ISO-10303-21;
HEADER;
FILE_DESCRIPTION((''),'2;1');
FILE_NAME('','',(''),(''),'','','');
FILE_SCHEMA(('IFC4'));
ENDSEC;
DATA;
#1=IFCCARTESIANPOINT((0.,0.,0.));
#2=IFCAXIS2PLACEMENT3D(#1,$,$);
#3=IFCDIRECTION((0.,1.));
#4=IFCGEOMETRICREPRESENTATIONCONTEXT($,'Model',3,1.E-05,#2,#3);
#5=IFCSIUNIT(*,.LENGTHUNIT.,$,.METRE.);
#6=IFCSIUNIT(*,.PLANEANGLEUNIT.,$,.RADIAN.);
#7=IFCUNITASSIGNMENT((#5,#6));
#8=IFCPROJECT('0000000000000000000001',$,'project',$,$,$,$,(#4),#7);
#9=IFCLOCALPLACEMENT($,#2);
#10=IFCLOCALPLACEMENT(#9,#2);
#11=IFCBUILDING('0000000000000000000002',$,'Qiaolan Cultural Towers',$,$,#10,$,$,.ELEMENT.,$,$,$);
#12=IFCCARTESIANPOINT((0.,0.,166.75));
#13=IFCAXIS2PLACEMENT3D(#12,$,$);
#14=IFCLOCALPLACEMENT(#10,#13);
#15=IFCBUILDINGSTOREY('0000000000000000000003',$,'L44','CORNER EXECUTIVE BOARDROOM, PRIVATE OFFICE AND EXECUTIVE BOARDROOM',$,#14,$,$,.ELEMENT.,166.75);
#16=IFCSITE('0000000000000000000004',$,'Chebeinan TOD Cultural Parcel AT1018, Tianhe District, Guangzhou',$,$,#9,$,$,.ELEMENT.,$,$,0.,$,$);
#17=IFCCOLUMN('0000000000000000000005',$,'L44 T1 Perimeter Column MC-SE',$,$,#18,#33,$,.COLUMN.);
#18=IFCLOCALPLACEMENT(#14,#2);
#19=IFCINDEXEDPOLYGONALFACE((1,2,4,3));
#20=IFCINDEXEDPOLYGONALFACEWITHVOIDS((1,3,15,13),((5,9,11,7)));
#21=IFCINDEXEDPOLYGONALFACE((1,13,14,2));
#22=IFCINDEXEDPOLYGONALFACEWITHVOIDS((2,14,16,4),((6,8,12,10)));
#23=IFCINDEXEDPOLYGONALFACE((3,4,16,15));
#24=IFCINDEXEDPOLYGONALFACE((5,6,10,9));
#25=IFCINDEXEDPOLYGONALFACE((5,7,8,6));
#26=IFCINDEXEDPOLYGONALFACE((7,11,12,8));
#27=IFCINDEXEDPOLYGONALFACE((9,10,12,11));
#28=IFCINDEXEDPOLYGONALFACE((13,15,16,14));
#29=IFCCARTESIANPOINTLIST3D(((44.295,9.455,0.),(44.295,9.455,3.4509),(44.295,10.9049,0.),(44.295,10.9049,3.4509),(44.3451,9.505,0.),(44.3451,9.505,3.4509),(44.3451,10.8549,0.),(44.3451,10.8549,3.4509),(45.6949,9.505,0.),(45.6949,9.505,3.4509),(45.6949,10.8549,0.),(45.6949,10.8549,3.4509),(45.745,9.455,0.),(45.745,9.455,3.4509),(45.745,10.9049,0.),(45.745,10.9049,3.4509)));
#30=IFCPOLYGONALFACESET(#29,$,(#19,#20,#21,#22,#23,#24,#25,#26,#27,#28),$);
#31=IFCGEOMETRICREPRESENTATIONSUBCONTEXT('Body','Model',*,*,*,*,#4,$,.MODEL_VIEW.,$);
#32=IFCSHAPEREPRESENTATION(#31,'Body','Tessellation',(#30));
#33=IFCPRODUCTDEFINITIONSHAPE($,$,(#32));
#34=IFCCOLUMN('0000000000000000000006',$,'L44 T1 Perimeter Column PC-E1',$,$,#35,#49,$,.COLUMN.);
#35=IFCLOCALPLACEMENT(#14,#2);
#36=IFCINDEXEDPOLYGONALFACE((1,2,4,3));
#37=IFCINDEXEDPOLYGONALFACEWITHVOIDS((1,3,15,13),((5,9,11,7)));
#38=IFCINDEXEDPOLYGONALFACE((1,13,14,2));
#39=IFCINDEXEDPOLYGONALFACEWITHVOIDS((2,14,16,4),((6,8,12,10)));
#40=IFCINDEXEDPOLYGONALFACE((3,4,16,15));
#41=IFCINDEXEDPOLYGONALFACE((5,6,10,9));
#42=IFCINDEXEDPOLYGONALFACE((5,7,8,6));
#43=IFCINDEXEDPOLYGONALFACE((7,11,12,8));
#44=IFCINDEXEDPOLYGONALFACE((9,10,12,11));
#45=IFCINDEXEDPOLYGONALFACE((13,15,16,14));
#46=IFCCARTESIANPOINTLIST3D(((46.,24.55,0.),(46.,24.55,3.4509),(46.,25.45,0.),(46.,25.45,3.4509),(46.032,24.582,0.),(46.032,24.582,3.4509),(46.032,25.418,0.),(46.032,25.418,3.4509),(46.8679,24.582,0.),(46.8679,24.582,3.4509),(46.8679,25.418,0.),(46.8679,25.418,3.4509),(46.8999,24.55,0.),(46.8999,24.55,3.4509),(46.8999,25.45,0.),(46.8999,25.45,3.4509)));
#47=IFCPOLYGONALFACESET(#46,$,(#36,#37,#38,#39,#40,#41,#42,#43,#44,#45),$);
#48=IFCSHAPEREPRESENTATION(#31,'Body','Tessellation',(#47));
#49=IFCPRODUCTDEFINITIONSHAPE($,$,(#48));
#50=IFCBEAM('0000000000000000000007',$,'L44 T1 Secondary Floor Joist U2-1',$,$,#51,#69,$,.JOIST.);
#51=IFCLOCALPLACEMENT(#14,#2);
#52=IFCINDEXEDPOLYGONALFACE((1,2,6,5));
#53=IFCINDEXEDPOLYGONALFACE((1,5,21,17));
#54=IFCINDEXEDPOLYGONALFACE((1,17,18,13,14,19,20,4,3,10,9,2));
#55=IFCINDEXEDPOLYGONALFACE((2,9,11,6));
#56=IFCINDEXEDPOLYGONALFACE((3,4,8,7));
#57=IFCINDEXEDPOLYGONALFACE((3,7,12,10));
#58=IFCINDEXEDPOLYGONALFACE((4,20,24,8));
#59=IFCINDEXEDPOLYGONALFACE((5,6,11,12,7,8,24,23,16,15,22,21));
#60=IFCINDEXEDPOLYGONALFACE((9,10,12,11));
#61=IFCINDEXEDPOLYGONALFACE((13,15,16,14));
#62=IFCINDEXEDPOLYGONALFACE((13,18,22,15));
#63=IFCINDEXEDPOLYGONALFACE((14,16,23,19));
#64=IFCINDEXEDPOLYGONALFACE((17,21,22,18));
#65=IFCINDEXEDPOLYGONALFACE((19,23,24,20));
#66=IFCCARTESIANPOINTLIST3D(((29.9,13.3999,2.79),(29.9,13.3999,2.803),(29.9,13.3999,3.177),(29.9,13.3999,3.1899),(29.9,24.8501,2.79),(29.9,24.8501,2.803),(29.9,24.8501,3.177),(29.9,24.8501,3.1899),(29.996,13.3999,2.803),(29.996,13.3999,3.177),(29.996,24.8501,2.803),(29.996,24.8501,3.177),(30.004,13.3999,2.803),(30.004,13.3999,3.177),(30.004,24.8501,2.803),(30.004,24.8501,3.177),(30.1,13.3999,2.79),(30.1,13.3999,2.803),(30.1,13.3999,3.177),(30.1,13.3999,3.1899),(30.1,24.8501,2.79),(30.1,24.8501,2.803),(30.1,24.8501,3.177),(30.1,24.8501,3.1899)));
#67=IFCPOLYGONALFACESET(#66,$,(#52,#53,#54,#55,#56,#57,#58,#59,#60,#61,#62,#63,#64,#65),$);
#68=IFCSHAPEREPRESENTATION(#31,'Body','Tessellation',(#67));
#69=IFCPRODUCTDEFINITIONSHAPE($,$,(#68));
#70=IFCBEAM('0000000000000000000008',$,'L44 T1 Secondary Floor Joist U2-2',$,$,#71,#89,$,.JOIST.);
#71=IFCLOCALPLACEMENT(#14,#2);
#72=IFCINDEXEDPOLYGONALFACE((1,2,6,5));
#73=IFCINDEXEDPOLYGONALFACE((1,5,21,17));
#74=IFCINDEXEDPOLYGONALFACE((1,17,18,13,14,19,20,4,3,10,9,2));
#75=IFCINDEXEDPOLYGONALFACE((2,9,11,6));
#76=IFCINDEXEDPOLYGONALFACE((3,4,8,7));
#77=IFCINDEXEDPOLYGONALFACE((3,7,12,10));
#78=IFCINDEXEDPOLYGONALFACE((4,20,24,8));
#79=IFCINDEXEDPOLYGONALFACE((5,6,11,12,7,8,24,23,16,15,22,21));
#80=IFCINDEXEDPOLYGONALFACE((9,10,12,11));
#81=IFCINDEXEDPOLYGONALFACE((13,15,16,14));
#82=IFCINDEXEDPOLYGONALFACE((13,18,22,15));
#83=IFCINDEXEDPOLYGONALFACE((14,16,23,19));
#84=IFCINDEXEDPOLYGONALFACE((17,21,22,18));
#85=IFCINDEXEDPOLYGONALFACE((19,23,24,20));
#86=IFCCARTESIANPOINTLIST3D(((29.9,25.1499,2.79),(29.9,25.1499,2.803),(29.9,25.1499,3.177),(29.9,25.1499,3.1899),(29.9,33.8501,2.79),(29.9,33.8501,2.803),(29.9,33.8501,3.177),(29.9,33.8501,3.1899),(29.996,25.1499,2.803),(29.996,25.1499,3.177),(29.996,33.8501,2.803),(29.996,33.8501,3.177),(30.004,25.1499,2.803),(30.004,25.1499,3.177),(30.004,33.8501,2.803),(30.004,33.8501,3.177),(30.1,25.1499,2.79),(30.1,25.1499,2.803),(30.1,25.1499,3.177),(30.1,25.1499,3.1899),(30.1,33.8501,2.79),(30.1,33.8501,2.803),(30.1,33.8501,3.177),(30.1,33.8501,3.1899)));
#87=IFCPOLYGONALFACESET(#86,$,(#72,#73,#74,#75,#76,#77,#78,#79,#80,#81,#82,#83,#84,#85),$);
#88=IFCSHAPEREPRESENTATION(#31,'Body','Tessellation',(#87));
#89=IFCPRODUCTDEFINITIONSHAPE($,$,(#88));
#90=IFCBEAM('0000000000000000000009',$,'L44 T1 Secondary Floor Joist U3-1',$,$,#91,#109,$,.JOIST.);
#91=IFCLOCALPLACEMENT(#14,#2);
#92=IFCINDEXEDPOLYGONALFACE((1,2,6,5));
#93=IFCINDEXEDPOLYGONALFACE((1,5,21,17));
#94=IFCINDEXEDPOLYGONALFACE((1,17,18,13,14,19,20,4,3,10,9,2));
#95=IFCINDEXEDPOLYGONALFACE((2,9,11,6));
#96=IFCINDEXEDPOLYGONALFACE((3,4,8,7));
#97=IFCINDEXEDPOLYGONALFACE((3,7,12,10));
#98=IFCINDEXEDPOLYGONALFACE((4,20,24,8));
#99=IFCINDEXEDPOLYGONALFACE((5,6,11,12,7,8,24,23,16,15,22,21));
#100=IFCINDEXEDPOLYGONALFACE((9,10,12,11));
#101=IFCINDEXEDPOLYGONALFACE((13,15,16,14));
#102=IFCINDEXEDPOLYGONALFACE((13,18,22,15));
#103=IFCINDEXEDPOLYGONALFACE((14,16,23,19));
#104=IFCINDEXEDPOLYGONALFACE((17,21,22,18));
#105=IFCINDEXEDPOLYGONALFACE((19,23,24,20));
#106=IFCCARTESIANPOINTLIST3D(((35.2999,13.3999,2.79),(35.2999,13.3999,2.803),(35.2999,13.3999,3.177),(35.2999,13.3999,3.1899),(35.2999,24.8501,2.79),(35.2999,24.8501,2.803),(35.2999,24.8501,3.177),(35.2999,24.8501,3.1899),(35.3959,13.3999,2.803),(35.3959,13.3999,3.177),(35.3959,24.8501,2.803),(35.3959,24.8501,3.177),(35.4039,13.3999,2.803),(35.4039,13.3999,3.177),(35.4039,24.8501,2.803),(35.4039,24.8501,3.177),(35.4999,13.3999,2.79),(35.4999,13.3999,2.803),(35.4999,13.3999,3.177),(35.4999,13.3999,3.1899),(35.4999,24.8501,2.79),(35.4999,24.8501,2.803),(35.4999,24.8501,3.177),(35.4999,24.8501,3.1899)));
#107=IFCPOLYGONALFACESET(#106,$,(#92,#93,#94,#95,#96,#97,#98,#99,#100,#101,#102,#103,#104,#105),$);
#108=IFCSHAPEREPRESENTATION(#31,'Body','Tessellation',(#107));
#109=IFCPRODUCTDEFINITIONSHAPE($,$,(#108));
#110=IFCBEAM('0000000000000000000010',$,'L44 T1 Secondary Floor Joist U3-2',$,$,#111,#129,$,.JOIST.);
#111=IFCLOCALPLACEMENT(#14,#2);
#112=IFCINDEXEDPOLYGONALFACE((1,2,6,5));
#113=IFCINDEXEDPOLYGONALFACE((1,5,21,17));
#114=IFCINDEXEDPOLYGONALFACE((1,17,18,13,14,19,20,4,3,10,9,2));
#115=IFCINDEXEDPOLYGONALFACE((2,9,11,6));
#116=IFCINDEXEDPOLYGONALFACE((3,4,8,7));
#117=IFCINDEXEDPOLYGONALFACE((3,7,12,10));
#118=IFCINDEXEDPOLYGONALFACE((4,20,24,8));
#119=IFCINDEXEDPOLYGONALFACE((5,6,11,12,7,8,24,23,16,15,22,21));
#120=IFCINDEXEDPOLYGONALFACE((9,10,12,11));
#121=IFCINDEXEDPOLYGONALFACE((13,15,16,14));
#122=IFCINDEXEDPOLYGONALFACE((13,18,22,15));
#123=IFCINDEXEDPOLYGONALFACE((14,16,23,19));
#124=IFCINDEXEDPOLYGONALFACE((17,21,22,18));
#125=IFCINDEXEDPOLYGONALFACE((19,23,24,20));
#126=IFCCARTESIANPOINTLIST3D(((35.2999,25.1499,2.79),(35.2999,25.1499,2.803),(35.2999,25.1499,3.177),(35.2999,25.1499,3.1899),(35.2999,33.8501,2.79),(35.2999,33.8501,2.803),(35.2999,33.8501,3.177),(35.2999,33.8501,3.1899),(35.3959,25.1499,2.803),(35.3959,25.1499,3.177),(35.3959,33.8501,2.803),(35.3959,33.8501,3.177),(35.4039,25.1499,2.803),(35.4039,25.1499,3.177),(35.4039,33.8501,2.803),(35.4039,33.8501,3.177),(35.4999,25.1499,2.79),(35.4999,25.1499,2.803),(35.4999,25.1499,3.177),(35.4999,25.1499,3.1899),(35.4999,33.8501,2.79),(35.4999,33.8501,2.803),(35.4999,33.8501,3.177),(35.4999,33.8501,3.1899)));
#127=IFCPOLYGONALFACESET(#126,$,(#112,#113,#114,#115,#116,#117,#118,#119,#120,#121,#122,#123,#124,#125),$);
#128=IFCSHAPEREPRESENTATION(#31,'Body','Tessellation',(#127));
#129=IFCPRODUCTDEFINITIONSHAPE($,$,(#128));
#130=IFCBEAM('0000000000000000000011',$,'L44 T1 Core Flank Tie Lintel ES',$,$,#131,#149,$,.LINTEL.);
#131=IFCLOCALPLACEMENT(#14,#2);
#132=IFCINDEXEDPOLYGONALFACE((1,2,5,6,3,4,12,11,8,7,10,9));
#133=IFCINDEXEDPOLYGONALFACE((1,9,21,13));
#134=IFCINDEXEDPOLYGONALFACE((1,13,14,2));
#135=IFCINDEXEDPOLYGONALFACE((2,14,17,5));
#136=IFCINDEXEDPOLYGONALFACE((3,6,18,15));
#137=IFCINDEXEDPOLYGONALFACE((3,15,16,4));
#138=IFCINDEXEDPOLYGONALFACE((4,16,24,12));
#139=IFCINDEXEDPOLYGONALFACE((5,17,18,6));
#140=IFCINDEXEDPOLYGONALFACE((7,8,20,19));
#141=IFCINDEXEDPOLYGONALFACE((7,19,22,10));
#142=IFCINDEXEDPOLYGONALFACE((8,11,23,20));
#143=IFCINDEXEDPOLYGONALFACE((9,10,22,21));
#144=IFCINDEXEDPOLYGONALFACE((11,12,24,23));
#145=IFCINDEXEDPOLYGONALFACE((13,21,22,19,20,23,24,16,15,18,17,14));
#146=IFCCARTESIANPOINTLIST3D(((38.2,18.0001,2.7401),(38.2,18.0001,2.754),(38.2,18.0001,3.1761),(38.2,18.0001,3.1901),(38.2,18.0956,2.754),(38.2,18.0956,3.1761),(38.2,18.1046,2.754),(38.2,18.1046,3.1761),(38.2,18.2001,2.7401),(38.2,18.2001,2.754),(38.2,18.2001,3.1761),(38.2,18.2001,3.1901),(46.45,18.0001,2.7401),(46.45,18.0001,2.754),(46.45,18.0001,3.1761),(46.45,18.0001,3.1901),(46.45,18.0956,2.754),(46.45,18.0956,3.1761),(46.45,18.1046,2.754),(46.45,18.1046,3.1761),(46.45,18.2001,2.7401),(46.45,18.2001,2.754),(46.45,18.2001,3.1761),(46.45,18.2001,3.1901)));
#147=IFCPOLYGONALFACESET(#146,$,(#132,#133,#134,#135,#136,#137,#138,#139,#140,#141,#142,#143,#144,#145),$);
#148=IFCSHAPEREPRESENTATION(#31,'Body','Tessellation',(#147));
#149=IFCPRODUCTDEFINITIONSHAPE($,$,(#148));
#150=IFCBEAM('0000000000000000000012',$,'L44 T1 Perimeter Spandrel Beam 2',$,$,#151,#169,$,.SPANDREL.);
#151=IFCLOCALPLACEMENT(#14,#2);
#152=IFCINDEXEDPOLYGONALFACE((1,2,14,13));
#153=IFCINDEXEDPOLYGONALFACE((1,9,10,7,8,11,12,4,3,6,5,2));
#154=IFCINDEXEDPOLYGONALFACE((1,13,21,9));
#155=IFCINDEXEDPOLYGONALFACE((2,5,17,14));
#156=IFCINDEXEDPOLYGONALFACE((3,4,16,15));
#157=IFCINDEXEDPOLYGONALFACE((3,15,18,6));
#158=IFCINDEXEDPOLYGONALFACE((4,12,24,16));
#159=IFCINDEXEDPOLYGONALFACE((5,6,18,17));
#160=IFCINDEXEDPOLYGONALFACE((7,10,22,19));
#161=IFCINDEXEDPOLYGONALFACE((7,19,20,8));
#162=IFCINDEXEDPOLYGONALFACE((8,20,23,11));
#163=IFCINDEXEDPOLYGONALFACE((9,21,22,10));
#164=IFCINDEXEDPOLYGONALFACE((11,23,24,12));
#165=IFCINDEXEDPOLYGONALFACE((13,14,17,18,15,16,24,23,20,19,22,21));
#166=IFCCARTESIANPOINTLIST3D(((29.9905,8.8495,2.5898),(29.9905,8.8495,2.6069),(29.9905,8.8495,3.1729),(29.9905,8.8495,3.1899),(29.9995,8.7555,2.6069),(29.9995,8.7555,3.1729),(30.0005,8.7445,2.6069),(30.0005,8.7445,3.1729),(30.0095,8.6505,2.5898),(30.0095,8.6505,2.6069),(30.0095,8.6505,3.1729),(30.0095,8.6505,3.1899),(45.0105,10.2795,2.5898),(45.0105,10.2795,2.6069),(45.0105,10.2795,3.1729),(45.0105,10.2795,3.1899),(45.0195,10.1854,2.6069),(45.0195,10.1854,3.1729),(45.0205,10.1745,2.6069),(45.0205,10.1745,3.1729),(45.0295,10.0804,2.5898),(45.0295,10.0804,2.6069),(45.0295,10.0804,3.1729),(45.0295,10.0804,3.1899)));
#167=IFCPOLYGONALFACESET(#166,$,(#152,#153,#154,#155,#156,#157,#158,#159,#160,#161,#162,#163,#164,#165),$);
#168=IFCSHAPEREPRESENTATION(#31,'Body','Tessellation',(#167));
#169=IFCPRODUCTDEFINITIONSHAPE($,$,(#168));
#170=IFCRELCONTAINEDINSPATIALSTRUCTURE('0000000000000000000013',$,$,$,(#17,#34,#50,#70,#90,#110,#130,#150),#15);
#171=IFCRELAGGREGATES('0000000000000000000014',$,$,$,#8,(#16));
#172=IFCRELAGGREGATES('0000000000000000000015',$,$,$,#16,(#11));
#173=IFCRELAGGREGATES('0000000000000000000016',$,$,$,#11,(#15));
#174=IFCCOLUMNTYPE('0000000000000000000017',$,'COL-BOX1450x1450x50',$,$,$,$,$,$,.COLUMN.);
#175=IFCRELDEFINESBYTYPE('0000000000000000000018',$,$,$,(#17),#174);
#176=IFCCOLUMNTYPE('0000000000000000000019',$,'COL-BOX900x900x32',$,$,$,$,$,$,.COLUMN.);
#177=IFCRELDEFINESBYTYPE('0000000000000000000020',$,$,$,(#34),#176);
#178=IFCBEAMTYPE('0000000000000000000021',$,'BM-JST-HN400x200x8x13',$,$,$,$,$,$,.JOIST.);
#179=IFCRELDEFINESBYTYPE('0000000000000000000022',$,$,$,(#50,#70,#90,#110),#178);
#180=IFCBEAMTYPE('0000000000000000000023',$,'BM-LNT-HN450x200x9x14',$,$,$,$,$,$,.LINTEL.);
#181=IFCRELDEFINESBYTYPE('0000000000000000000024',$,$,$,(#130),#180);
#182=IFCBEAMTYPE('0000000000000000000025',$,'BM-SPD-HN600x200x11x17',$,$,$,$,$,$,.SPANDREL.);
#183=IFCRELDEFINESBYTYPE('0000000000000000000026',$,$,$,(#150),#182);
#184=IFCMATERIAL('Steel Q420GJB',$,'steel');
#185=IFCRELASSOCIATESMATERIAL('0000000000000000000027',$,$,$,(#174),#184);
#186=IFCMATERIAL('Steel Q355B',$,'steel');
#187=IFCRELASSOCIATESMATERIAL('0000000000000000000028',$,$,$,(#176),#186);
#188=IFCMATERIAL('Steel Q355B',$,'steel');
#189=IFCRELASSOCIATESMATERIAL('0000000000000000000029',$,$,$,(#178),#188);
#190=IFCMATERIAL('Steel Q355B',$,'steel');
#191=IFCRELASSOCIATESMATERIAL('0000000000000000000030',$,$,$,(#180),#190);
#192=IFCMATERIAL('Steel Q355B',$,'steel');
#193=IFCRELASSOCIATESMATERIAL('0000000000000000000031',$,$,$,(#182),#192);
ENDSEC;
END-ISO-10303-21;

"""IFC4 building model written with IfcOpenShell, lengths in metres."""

from ifc_helpers import new_model, si_unit, direction, frame, origin, origin_2d, place, context, subcontext, project, spatial, hollow_rectangle, i_section, extrude, material, material_profile, profile_set, type_object, element, save


model = new_model("IFC4")

# Units and contexts
model_context = context("Model", 3, precision=1e-05, world=origin(), true_north=direction((0.0, 1.0)))
body_context = subcontext(model_context, "Body", "Model", "MODEL_VIEW")
ifc_project = project(units=[si_unit("LENGTHUNIT", "METRE"), si_unit("PLANEANGLEUNIT", "RADIAN")], contexts=[model_context])

# Site, building, storey
site_placement = place(None, origin())
site = spatial("IfcSite", under=ifc_project, at=site_placement, Name="Chebeinan TOD Cultural Parcel AT1018, Tianhe District, Guangzhou", CompositionType="ELEMENT", RefElevation=0.0)
building_placement = place(site_placement, origin())
building = spatial("IfcBuilding", under=site, at=building_placement, Name="Qiaolan Cultural Towers", CompositionType="ELEMENT")
storey_placement = place(building_placement, frame((0.0, 0.0, 166.75)))
storey = spatial("IfcBuildingStorey", under=building, at=storey_placement, Name="L44", Description="CORNER EXECUTIVE BOARDROOM, PRIVATE OFFICE AND EXECUTIVE BOARDROOM", CompositionType="ELEMENT", Elevation=166.75)

# Columns
ifc_material_1 = material(Name="Steel Q420GJB", Category="steel")
ifc_material_profile_1 = material_profile(ifc_material_1, hollow_rectangle(XDim=1.45, YDim=1.45, WallThickness=0.05, at=origin_2d()), Name="BOX1450x1450x50")
ifc_profile_set_1 = profile_set([ifc_material_profile_1], Name="Steel Q420GJB")
column_type_1 = type_object("IfcColumnType", Name="COL-BOX1450x1450x50", PredefinedType="COLUMN", material=ifc_profile_set_1)
column_1_placement = place(storey_placement, frame((45.02, 10.1799, 0.0), z_axis=(0.0, 0.0, 1.0), x_axis=(1.0, 0.0, 0.0)))
element("IfcColumn", 1, at=column_1_placement, inside=storey, type_object=column_type_1, Name="L44 T1 Perimeter Column MC-SE", PredefinedType="COLUMN", context=body_context, shape_type="SweptSolid", body=[
    extrude(hollow_rectangle(XDim=1.45, YDim=1.45, WallThickness=0.05, at=origin_2d()), origin(), (0.0, 0.0, 1.0), 3.4509),
])
ifc_material_2 = material(Name="Steel Q355B", Category="steel")
ifc_material_profile_2 = material_profile(ifc_material_2, hollow_rectangle(XDim=0.8999, YDim=0.8999, WallThickness=0.032, at=origin_2d()), Name="BOX900x900x32")
ifc_profile_set_2 = profile_set([ifc_material_profile_2], Name="Steel Q355B")
column_type_2 = type_object("IfcColumnType", Name="COL-BOX900x900x32", PredefinedType="COLUMN", material=ifc_profile_set_2)
column_2_placement = place(storey_placement, frame((46.45, 25.0, 0.0), z_axis=(0.0, 0.0, 1.0), x_axis=(1.0, 0.0, 0.0)))
element("IfcColumn", 2, at=column_2_placement, inside=storey, type_object=column_type_2, Name="L44 T1 Perimeter Column PC-E1", PredefinedType="COLUMN", context=body_context, shape_type="SweptSolid", body=[
    extrude(hollow_rectangle(XDim=0.8999, YDim=0.8999, WallThickness=0.032, at=origin_2d()), origin(), (0.0, 0.0, 1.0), 3.4509),
])

# Beams
ifc_material_3 = material(Name="Steel Q355B", Category="steel")
ifc_material_profile_3 = material_profile(ifc_material_3, i_section(OverallWidth=0.2, OverallDepth=0.3999, WebThickness=0.0081, FlangeThickness=0.0129, at=origin_2d()), Name="HN400x200x8x13")
ifc_profile_set_3 = profile_set([ifc_material_profile_3], Name="Steel Q355B")
beam_type_1 = type_object("IfcBeamType", Name="BM-JST-HN400x200x8x13", PredefinedType="JOIST", material=ifc_profile_set_3)
beam_1_placement = place(storey_placement, frame((30.0, 13.3999, 2.99), z_axis=(0.0, 1.0, 0.0), x_axis=(-1.0, 0.0, 0.0)))
element("IfcBeam", 3, at=beam_1_placement, inside=storey, type_object=beam_type_1, Name="L44 T1 Secondary Floor Joist U2-1", PredefinedType="JOIST", context=body_context, shape_type="SweptSolid", body=[
    extrude(i_section(OverallWidth=0.2, OverallDepth=0.3999, WebThickness=0.0081, FlangeThickness=0.0129, at=origin_2d()), origin(), (0.0, 0.0, 1.0), 11.4502),
])
beam_2_placement = place(storey_placement, frame((30.0, 25.1499, 2.99), z_axis=(0.0, 1.0, 0.0), x_axis=(-1.0, 0.0, 0.0)))
element("IfcBeam", 4, at=beam_2_placement, inside=storey, type_object=beam_type_1, Name="L44 T1 Secondary Floor Joist U2-2", PredefinedType="JOIST", context=body_context, shape_type="SweptSolid", body=[
    extrude(i_section(OverallWidth=0.2, OverallDepth=0.3999, WebThickness=0.0081, FlangeThickness=0.0129, at=origin_2d()), origin(), (0.0, 0.0, 1.0), 8.7002),
])
beam_3_placement = place(storey_placement, frame((35.3999, 13.3999, 2.99), z_axis=(0.0, 1.0, 0.0), x_axis=(-1.0, 0.0, 0.0)))
element("IfcBeam", 5, at=beam_3_placement, inside=storey, type_object=beam_type_1, Name="L44 T1 Secondary Floor Joist U3-1", PredefinedType="JOIST", context=body_context, shape_type="SweptSolid", body=[
    extrude(i_section(OverallWidth=0.2, OverallDepth=0.3999, WebThickness=0.0081, FlangeThickness=0.0129, at=origin_2d()), origin(), (0.0, 0.0, 1.0), 11.4502),
])
beam_4_placement = place(storey_placement, frame((35.3999, 25.1499, 2.99), z_axis=(0.0, 1.0, 0.0), x_axis=(-1.0, 0.0, 0.0)))
element("IfcBeam", 6, at=beam_4_placement, inside=storey, type_object=beam_type_1, Name="L44 T1 Secondary Floor Joist U3-2", PredefinedType="JOIST", context=body_context, shape_type="SweptSolid", body=[
    extrude(i_section(OverallWidth=0.2, OverallDepth=0.3999, WebThickness=0.0081, FlangeThickness=0.0129, at=origin_2d()), origin(), (0.0, 0.0, 1.0), 8.7002),
])
ifc_material_4 = material(Name="Steel Q355B", Category="steel")
ifc_material_profile_4 = material_profile(ifc_material_4, i_section(OverallWidth=0.2, OverallDepth=0.45, WebThickness=0.009, FlangeThickness=0.0139, at=origin_2d()), Name="HN450x200x9x14")
ifc_profile_set_4 = profile_set([ifc_material_profile_4], Name="Steel Q355B")
beam_type_2 = type_object("IfcBeamType", Name="BM-LNT-HN450x200x9x14", PredefinedType="LINTEL", material=ifc_profile_set_4)
beam_5_placement = place(storey_placement, frame((38.2, 18.1001, 2.9651), z_axis=(1.0, 0.0, 0.0), x_axis=(0.0, 1.0, 0.0)))
element("IfcBeam", 7, at=beam_5_placement, inside=storey, type_object=beam_type_2, Name="L44 T1 Core Flank Tie Lintel ES", PredefinedType="LINTEL", context=body_context, shape_type="SweptSolid", body=[
    extrude(i_section(OverallWidth=0.2, OverallDepth=0.45, WebThickness=0.009, FlangeThickness=0.0139, at=origin_2d()), origin(), (0.0, 0.0, 1.0), 8.25),
])
ifc_material_5 = material(Name="Steel Q355B", Category="steel")
ifc_material_profile_5 = material_profile(ifc_material_5, i_section(OverallWidth=0.2, OverallDepth=0.6001, WebThickness=0.011, FlangeThickness=0.0171, at=origin_2d()), Name="HN600x200x11x17")
ifc_profile_set_5 = profile_set([ifc_material_profile_5], Name="Steel Q355B")
beam_type_3 = type_object("IfcBeamType", Name="BM-SPD-HN600x200x11x17", PredefinedType="SPANDREL", material=ifc_profile_set_5)
beam_6_placement = place(storey_placement, frame((30.0, 8.75, 2.8899), z_axis=(0.995499, 0.094773, 0.0), x_axis=(-0.094773, 0.995499, 0.0)))
element("IfcBeam", 8, at=beam_6_placement, inside=storey, type_object=beam_type_3, Name="L44 T1 Perimeter Spandrel Beam 2", PredefinedType="SPANDREL", context=body_context, shape_type="SweptSolid", body=[
    extrude(i_section(OverallWidth=0.2, OverallDepth=0.6001, WebThickness=0.011, FlangeThickness=0.0171, at=origin_2d()), origin(), (0.0, 0.0, 1.0), 15.0879),
])

save(model, "model.ifc")
